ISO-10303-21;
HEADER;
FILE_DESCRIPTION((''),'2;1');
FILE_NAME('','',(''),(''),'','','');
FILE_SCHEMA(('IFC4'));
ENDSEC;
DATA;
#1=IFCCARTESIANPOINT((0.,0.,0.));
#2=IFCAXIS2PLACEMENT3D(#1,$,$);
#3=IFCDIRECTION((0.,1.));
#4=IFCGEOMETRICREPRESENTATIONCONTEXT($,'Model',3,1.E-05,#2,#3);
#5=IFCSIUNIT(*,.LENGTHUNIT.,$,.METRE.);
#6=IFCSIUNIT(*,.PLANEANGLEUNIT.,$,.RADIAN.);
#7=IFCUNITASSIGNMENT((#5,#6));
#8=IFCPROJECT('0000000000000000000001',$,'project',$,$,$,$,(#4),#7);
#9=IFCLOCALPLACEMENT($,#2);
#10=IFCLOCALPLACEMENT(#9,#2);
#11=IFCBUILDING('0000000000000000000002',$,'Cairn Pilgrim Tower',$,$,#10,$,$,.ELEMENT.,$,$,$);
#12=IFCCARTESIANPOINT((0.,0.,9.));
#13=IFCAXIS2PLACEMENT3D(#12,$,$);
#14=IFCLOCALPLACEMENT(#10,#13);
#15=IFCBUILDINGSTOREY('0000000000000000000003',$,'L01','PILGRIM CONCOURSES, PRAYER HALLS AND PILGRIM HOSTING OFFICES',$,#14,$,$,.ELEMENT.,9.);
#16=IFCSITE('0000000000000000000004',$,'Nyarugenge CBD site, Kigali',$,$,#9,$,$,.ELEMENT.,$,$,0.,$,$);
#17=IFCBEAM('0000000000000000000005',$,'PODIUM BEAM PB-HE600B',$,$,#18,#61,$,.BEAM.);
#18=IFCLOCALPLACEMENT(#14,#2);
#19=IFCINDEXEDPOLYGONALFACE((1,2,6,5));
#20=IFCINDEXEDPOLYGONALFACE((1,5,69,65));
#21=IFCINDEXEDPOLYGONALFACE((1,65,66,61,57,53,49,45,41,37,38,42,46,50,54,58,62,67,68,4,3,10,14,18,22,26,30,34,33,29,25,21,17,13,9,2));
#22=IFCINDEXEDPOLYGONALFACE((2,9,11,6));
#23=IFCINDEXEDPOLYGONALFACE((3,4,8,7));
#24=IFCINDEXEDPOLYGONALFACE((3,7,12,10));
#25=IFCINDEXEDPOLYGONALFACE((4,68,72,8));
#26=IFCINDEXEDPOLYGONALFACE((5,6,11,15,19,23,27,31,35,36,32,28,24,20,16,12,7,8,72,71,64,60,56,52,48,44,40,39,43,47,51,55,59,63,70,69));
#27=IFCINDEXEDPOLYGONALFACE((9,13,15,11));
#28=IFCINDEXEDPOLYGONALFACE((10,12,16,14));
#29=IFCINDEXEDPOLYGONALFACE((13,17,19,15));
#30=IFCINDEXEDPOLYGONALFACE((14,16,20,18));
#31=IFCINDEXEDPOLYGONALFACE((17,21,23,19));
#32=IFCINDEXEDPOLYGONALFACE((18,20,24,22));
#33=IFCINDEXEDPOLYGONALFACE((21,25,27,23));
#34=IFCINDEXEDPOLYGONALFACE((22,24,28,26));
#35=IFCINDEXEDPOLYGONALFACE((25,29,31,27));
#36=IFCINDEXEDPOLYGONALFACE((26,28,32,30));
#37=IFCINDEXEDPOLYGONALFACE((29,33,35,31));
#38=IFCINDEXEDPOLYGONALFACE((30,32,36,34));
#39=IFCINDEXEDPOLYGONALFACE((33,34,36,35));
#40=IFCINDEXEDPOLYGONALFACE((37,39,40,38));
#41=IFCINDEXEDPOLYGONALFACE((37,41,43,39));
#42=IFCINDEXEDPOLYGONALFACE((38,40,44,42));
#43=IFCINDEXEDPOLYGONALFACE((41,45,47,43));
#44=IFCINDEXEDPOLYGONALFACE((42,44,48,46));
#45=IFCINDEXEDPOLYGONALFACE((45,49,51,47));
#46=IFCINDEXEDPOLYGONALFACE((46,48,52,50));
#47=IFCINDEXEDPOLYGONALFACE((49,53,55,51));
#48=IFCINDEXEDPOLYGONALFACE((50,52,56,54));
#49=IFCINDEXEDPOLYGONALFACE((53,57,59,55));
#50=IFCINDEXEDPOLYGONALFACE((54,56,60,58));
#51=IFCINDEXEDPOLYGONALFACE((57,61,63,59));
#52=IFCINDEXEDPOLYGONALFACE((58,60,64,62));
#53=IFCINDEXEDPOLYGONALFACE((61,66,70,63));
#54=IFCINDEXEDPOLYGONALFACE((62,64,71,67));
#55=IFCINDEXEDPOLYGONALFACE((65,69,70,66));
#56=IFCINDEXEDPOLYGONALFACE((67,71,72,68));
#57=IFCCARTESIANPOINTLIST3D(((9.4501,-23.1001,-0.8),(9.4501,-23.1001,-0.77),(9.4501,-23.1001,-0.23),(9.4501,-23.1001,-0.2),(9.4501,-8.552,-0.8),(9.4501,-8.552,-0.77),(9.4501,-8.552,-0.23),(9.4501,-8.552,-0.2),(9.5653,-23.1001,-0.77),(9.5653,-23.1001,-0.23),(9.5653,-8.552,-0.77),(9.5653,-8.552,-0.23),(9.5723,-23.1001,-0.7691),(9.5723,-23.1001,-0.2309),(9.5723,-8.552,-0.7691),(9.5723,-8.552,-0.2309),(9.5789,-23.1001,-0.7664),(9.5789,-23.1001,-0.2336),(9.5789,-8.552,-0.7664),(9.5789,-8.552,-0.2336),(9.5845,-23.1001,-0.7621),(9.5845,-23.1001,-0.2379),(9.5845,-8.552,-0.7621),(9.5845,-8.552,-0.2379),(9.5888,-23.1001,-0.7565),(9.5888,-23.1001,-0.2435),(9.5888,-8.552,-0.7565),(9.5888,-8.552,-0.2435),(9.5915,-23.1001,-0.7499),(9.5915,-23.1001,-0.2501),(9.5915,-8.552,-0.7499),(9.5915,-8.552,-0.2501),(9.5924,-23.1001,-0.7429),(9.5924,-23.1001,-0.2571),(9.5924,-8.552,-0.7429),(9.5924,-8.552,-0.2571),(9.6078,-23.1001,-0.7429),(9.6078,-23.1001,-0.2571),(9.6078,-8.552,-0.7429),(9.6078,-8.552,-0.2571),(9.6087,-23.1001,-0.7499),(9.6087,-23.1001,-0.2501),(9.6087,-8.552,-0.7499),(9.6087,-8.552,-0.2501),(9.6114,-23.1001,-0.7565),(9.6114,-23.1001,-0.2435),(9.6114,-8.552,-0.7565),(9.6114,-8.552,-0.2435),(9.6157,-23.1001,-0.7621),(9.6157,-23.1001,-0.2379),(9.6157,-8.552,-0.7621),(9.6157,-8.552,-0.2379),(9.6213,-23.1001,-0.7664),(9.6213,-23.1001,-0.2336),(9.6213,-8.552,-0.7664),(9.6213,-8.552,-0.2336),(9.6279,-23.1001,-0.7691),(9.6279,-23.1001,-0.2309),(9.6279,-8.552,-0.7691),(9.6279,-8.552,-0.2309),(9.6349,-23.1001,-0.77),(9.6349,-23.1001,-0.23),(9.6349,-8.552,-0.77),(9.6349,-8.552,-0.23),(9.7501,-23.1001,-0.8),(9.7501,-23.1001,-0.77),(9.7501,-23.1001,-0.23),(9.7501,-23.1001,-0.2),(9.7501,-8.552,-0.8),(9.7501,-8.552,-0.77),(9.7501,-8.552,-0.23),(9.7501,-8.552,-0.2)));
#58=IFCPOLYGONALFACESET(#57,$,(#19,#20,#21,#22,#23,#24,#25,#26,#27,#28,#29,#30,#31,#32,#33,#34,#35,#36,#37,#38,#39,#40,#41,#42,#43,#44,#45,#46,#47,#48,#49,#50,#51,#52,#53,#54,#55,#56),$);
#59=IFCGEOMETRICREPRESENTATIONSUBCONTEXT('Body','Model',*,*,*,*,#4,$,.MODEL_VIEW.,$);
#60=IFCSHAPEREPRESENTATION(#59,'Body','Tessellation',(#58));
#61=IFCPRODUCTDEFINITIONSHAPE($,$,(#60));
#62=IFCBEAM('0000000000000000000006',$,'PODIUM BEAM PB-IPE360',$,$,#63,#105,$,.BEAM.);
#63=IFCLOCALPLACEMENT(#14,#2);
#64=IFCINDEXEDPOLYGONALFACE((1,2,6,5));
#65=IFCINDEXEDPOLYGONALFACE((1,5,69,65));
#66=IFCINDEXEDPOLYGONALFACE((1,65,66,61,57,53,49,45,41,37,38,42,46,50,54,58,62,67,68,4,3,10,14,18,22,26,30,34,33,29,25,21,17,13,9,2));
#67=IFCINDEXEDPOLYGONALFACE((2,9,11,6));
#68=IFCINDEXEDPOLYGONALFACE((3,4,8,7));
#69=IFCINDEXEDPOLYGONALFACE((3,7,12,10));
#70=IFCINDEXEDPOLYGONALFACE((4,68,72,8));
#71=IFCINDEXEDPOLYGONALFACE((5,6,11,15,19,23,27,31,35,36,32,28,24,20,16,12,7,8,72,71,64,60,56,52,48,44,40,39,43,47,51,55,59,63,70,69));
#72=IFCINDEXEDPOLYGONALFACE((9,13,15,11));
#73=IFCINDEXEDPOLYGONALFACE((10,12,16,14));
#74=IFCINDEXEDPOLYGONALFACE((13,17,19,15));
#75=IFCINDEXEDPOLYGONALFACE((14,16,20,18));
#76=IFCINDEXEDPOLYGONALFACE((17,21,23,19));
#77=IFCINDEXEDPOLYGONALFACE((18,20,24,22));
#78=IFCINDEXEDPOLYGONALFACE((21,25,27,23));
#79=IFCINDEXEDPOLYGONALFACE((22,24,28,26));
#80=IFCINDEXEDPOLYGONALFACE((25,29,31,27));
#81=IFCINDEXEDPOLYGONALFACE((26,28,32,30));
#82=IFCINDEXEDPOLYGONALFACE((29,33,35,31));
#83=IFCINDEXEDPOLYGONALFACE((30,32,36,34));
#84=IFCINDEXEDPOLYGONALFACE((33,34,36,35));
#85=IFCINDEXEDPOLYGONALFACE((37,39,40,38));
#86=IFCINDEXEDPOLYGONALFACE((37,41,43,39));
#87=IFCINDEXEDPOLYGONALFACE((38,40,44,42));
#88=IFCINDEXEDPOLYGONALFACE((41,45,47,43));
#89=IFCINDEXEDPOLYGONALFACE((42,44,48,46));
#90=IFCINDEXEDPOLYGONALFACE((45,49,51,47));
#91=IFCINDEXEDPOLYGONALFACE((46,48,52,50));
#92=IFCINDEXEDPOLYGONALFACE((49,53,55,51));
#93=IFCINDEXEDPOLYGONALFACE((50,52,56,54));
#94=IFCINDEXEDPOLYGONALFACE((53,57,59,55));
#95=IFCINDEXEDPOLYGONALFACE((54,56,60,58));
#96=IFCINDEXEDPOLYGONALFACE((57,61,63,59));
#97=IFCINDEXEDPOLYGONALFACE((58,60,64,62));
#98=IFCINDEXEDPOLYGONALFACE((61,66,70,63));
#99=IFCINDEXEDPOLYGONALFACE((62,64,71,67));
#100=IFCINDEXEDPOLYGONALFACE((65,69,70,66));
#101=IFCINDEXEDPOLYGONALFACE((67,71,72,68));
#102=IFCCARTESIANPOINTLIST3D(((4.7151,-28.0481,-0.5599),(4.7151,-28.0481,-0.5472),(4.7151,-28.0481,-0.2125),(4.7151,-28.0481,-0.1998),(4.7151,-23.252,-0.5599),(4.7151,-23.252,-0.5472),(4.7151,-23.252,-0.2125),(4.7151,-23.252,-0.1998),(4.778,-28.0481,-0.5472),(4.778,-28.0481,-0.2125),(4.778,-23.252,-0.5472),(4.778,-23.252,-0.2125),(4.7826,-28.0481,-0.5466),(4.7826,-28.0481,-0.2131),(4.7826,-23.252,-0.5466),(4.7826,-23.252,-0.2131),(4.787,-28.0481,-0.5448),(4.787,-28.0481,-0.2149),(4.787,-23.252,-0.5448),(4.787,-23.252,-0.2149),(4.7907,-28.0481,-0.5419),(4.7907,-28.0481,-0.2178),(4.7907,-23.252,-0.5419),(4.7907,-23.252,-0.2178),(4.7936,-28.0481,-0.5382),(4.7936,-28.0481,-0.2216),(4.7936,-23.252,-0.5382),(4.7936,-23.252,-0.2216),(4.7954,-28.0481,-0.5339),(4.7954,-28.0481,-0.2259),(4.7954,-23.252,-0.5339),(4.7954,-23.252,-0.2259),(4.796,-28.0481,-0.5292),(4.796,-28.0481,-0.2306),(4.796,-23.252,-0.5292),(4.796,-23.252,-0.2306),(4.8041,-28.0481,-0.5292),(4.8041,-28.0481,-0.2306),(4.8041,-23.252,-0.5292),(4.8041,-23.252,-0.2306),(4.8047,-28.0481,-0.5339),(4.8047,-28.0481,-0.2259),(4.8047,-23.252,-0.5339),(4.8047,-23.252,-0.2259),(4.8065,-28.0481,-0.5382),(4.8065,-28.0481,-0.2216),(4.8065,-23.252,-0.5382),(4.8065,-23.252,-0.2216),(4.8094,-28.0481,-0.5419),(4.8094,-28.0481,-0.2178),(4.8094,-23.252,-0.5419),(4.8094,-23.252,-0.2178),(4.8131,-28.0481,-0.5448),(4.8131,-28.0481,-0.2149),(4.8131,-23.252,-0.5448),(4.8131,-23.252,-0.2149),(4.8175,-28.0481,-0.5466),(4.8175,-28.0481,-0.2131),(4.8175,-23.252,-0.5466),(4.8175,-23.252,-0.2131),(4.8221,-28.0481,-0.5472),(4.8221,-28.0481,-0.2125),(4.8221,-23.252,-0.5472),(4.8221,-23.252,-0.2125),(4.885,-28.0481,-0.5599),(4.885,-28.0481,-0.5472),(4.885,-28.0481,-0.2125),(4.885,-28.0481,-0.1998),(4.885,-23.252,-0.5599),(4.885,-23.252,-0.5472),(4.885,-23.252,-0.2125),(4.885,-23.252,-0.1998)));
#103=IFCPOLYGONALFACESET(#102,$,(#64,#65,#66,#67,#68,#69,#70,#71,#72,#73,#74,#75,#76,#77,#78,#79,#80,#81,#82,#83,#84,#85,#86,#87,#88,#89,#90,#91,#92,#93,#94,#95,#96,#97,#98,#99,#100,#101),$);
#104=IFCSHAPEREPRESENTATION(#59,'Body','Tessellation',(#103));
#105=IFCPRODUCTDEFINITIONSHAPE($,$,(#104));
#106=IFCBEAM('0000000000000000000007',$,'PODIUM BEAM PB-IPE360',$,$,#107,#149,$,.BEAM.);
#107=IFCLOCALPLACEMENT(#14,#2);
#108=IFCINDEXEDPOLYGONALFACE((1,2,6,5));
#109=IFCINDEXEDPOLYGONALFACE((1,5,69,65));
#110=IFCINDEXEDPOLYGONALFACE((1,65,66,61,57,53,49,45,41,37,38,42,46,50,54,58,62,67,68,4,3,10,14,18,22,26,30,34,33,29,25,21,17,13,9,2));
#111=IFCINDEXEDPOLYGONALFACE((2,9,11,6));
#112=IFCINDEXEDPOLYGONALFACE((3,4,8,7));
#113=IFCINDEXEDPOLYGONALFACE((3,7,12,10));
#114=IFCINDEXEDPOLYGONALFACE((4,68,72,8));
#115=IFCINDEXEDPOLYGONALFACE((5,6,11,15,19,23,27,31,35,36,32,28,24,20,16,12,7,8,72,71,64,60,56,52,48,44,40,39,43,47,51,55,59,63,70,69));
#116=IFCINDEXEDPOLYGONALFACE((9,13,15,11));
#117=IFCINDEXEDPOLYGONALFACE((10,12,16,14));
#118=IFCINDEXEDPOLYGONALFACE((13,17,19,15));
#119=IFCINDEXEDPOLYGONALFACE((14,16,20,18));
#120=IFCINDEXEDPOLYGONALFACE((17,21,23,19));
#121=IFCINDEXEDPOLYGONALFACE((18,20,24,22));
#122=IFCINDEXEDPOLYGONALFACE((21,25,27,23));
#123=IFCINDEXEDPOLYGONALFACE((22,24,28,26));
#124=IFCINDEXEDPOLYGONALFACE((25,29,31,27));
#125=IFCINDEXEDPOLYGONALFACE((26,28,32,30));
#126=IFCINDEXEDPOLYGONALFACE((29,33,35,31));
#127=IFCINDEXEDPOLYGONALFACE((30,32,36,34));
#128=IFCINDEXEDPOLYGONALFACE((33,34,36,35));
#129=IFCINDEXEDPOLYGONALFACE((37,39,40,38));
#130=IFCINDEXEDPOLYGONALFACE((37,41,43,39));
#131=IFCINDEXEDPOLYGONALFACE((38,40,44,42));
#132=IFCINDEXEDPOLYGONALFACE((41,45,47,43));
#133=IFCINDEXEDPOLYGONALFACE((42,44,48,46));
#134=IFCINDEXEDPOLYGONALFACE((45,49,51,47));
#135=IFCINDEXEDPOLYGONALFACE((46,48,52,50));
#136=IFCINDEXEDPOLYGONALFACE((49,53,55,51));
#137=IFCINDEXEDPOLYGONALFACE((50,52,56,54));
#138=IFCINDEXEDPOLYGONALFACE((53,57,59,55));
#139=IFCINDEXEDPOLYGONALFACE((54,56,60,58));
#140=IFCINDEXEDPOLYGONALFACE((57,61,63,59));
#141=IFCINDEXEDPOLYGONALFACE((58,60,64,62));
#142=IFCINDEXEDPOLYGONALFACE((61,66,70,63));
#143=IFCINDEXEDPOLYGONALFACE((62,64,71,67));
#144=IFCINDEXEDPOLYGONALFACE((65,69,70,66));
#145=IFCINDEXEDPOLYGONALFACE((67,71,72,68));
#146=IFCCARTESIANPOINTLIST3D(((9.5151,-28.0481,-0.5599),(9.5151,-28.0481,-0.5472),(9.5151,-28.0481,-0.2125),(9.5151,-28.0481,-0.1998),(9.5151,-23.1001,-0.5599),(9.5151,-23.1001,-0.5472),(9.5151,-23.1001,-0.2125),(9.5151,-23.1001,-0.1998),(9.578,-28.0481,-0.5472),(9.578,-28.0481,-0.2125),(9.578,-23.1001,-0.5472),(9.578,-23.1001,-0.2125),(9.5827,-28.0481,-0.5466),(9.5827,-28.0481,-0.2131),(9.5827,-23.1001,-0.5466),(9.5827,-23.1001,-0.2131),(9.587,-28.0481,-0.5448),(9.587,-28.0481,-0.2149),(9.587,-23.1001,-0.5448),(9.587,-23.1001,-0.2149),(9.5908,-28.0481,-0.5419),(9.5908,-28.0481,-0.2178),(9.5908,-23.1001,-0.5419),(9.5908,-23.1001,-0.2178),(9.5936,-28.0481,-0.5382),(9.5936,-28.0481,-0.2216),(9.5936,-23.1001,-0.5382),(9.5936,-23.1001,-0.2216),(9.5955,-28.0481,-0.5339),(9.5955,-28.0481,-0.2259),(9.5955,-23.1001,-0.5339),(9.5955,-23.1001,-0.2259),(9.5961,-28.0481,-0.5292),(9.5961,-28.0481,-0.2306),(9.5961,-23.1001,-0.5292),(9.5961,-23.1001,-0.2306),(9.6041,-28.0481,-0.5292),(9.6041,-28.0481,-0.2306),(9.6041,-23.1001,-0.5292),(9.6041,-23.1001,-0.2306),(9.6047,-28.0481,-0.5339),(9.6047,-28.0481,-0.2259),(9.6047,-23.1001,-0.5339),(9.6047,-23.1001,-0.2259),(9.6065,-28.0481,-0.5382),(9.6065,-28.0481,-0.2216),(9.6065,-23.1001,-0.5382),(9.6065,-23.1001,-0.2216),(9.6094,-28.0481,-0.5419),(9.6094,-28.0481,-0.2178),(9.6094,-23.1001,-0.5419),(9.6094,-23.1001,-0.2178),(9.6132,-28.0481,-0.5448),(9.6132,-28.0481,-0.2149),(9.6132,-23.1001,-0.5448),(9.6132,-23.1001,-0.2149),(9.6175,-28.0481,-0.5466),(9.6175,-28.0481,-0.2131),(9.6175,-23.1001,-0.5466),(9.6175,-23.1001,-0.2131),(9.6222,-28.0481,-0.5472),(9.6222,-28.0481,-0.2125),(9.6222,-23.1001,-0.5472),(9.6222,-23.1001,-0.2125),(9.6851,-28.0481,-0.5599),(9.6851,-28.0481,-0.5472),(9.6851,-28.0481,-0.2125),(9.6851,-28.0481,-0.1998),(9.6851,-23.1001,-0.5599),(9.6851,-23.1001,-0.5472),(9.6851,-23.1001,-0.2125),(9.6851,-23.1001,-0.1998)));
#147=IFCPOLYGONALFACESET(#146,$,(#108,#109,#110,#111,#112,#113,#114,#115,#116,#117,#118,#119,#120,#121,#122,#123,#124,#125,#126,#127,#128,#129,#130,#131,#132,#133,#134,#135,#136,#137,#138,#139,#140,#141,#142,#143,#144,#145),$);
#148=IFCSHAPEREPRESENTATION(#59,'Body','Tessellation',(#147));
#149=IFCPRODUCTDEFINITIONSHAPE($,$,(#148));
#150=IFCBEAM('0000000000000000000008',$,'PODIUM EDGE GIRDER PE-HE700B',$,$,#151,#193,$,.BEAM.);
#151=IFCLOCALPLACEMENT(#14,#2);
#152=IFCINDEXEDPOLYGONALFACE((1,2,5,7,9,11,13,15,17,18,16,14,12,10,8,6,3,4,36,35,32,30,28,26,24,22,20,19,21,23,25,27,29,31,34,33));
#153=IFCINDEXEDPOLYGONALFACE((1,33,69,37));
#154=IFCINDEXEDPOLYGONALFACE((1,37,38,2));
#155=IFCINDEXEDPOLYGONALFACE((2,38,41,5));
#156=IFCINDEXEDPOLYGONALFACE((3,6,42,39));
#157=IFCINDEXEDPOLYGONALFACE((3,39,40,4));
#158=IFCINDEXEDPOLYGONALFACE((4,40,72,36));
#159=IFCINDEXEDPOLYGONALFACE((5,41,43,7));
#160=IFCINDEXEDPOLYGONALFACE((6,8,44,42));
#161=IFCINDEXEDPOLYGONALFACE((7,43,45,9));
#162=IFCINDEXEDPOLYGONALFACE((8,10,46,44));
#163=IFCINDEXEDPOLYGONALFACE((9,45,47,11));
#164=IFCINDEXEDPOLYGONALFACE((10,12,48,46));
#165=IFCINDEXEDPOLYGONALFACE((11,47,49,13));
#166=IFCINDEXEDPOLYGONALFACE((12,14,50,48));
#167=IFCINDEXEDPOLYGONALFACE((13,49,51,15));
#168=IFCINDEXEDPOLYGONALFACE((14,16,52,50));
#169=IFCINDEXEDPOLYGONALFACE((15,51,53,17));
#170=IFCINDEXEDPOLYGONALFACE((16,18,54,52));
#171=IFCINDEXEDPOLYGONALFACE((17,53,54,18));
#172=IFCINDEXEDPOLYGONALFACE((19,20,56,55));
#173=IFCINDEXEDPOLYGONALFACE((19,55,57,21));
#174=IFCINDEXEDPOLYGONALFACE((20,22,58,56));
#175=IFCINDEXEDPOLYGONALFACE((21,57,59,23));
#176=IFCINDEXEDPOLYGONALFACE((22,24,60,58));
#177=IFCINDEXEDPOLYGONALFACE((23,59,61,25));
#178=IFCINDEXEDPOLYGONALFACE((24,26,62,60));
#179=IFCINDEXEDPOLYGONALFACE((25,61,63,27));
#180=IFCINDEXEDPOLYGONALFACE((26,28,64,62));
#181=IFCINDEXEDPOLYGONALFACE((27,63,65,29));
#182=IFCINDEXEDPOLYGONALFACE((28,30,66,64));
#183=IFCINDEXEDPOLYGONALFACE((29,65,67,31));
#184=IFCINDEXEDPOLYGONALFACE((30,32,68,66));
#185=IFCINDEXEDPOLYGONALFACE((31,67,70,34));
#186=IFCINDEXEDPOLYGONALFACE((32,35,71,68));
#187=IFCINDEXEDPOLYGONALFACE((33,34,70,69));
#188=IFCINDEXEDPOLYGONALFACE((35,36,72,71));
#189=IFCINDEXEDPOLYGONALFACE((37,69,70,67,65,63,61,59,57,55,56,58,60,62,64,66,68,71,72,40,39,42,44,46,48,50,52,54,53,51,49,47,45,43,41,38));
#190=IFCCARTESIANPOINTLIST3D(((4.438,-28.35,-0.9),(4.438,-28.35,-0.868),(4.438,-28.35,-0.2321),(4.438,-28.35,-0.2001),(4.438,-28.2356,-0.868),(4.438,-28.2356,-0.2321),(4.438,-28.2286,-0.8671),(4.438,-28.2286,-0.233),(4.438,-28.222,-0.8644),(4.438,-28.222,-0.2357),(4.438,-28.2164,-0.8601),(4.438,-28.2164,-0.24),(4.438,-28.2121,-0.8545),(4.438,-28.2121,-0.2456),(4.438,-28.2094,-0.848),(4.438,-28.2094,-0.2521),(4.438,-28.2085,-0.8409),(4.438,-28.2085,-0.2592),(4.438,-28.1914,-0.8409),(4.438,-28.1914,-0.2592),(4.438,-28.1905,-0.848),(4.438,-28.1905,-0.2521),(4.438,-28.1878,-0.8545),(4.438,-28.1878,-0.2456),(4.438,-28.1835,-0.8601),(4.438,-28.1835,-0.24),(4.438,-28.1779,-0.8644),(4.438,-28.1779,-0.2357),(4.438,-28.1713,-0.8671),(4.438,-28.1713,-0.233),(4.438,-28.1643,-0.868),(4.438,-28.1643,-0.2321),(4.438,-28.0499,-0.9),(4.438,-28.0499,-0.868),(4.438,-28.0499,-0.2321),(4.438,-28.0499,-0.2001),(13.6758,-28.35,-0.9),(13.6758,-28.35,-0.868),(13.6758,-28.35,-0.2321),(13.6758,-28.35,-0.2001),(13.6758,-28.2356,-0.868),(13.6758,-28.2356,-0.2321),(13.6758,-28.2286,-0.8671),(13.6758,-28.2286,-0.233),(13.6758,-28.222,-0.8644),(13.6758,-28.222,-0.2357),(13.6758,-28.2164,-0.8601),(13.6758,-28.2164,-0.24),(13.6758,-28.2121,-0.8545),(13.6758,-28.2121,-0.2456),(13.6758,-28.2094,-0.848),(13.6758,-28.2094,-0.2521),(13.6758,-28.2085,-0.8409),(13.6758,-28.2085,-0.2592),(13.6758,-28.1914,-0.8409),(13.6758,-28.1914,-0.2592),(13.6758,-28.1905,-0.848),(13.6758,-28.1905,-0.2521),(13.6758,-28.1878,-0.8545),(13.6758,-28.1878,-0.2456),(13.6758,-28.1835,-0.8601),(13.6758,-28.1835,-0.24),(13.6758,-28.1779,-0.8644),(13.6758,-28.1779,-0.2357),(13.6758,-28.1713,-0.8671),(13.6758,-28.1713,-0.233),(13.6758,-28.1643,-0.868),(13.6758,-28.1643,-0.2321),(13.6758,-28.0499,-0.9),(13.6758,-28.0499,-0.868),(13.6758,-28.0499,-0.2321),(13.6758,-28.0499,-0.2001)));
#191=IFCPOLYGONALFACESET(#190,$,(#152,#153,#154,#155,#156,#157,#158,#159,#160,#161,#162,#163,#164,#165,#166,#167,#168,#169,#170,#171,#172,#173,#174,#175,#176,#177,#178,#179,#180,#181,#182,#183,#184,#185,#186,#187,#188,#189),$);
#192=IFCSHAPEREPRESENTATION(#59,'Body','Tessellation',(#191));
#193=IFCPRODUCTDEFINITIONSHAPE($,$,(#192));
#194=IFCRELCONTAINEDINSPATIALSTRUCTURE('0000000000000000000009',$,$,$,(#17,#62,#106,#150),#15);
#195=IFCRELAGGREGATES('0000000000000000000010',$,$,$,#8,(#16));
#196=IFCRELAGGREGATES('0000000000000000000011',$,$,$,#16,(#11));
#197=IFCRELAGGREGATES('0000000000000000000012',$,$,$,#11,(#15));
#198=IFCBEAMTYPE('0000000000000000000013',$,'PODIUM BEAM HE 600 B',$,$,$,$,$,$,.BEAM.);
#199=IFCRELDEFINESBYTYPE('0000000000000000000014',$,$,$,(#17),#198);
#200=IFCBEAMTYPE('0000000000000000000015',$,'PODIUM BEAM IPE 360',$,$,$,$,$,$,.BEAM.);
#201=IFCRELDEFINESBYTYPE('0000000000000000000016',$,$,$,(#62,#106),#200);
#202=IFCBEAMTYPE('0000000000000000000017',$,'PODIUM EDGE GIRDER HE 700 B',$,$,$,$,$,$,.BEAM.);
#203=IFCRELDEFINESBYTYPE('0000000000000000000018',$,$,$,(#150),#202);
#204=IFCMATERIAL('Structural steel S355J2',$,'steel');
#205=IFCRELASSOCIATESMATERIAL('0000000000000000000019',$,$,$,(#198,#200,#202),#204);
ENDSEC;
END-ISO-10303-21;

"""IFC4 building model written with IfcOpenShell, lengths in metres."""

from ifc_helpers import new_model, si_unit, direction, frame, origin, origin_2d, place, context, subcontext, project, spatial, i_section, extrude, material, material_profile, profile_set, type_object, element, save


model = new_model("IFC4")

# Units and contexts
model_context = context("Model", 3, precision=1e-05, world=origin(), true_north=direction((0.0, 1.0)))
body_context = subcontext(model_context, "Body", "Model", "MODEL_VIEW")
ifc_project = project(units=[si_unit("LENGTHUNIT", "METRE"), si_unit("PLANEANGLEUNIT", "RADIAN")], contexts=[model_context])

# Site, building, storey
site_placement = place(None, origin())
site = spatial("IfcSite", under=ifc_project, at=site_placement, Name="Nyarugenge CBD site, Kigali", CompositionType="ELEMENT", RefElevation=0.0)
building_placement = place(site_placement, origin())
building = spatial("IfcBuilding", under=site, at=building_placement, Name="Cairn Pilgrim Tower", CompositionType="ELEMENT")
storey_placement = place(building_placement, frame((0.0, 0.0, 9.0)))
storey = spatial("IfcBuildingStorey", under=building, at=storey_placement, Name="L01", Description="PILGRIM CONCOURSES, PRAYER HALLS AND PILGRIM HOSTING OFFICES", CompositionType="ELEMENT", Elevation=9.0)

# Beams
ifc_material_1 = material(Name="Structural steel S355J2", Category="steel")
ifc_material_profile_1 = material_profile(ifc_material_1, i_section(OverallWidth=0.3, OverallDepth=0.6001, WebThickness=0.0154, FlangeThickness=0.03, FilletRadius=0.0271, at=origin_2d()), Name="HEB 600")
ifc_profile_set_1 = profile_set([ifc_material_profile_1], Name="Structural steel S355J2")
beam_type_1 = type_object("IfcBeamType", Name="PODIUM BEAM HE 600 B", PredefinedType="BEAM", material=ifc_profile_set_1)
beam_1_placement = place(storey_placement, frame((9.6001, -23.1001, -0.5), z_axis=(0.0, 1.0, 0.0), x_axis=(-1.0, 0.0, 0.0)))
element("IfcBeam", 1, at=beam_1_placement, inside=storey, type_object=beam_type_1, Name="PODIUM BEAM PB-HE600B", PredefinedType="BEAM", context=body_context, shape_type="SweptSolid", body=[
    extrude(i_section(OverallWidth=0.3, OverallDepth=0.6001, WebThickness=0.0154, FlangeThickness=0.03, FilletRadius=0.0271, at=origin_2d()), origin(), (0.0, 0.0, 1.0), 14.5481),
])
ifc_material_profile_2 = material_profile(ifc_material_1, i_section(OverallWidth=0.1699, OverallDepth=0.3601, WebThickness=0.0081, FlangeThickness=0.0127, FilletRadius=0.0181, at=origin_2d()), Name="IPE 360")
ifc_profile_set_2 = profile_set([ifc_material_profile_2], Name="Structural steel S355J2")
beam_type_2 = type_object("IfcBeamType", Name="PODIUM BEAM IPE 360", PredefinedType="BEAM", material=ifc_profile_set_2)
beam_2_placement = place(storey_placement, frame((4.8, -28.0481, -0.3799), z_axis=(0.0, 1.0, 0.0), x_axis=(-1.0, 0.0, 0.0)))
element("IfcBeam", 2, at=beam_2_placement, inside=storey, type_object=beam_type_2, Name="PODIUM BEAM PB-IPE360", PredefinedType="BEAM", context=body_context, shape_type="SweptSolid", body=[
    extrude(i_section(OverallWidth=0.1699, OverallDepth=0.3601, WebThickness=0.0081, FlangeThickness=0.0127, FilletRadius=0.0181, at=origin_2d()), origin(), (0.0, 0.0, 1.0), 4.7961),
])
beam_3_placement = place(storey_placement, frame((9.6001, -28.0481, -0.3799), z_axis=(0.0, 1.0, 0.0), x_axis=(-1.0, 0.0, 0.0)))
element("IfcBeam", 3, at=beam_3_placement, inside=storey, type_object=beam_type_2, Name="PODIUM BEAM PB-IPE360", PredefinedType="BEAM", context=body_context, shape_type="SweptSolid", body=[
    extrude(i_section(OverallWidth=0.1699, OverallDepth=0.3601, WebThickness=0.0081, FlangeThickness=0.0127, FilletRadius=0.0181, at=origin_2d()), origin(), (0.0, 0.0, 1.0), 4.948),
])
ifc_material_profile_3 = material_profile(ifc_material_1, i_section(OverallWidth=0.3, OverallDepth=0.7, WebThickness=0.0171, FlangeThickness=0.032, FilletRadius=0.0271, at=origin_2d()), Name="HEB 700")
ifc_profile_set_3 = profile_set([ifc_material_profile_3], Name="Structural steel S355J2")
beam_type_3 = type_object("IfcBeamType", Name="PODIUM EDGE GIRDER HE 700 B", PredefinedType="BEAM", material=ifc_profile_set_3)
for number, where, z_axis, x_axis, name in (
    (4, (4.438, -28.2, -0.55), (1.0, 0.0, 0.0), (0.0, 1.0, 0.0), "PODIUM EDGE GIRDER PE-HE700B"),
):
    element("IfcBeam", number, at=place(storey_placement, frame(where, z_axis=z_axis, x_axis=x_axis)), inside=storey, type_object=beam_type_3, Name=name, PredefinedType="BEAM", context=body_context, shape_type="SweptSolid", body=[
        extrude(i_section(OverallWidth=0.3, OverallDepth=0.7, WebThickness=0.0171, FlangeThickness=0.032, FilletRadius=0.0271, at=origin_2d()), origin(), (0.0, 0.0, 1.0), 9.2378),
    ])

save(model, "model.ifc")
